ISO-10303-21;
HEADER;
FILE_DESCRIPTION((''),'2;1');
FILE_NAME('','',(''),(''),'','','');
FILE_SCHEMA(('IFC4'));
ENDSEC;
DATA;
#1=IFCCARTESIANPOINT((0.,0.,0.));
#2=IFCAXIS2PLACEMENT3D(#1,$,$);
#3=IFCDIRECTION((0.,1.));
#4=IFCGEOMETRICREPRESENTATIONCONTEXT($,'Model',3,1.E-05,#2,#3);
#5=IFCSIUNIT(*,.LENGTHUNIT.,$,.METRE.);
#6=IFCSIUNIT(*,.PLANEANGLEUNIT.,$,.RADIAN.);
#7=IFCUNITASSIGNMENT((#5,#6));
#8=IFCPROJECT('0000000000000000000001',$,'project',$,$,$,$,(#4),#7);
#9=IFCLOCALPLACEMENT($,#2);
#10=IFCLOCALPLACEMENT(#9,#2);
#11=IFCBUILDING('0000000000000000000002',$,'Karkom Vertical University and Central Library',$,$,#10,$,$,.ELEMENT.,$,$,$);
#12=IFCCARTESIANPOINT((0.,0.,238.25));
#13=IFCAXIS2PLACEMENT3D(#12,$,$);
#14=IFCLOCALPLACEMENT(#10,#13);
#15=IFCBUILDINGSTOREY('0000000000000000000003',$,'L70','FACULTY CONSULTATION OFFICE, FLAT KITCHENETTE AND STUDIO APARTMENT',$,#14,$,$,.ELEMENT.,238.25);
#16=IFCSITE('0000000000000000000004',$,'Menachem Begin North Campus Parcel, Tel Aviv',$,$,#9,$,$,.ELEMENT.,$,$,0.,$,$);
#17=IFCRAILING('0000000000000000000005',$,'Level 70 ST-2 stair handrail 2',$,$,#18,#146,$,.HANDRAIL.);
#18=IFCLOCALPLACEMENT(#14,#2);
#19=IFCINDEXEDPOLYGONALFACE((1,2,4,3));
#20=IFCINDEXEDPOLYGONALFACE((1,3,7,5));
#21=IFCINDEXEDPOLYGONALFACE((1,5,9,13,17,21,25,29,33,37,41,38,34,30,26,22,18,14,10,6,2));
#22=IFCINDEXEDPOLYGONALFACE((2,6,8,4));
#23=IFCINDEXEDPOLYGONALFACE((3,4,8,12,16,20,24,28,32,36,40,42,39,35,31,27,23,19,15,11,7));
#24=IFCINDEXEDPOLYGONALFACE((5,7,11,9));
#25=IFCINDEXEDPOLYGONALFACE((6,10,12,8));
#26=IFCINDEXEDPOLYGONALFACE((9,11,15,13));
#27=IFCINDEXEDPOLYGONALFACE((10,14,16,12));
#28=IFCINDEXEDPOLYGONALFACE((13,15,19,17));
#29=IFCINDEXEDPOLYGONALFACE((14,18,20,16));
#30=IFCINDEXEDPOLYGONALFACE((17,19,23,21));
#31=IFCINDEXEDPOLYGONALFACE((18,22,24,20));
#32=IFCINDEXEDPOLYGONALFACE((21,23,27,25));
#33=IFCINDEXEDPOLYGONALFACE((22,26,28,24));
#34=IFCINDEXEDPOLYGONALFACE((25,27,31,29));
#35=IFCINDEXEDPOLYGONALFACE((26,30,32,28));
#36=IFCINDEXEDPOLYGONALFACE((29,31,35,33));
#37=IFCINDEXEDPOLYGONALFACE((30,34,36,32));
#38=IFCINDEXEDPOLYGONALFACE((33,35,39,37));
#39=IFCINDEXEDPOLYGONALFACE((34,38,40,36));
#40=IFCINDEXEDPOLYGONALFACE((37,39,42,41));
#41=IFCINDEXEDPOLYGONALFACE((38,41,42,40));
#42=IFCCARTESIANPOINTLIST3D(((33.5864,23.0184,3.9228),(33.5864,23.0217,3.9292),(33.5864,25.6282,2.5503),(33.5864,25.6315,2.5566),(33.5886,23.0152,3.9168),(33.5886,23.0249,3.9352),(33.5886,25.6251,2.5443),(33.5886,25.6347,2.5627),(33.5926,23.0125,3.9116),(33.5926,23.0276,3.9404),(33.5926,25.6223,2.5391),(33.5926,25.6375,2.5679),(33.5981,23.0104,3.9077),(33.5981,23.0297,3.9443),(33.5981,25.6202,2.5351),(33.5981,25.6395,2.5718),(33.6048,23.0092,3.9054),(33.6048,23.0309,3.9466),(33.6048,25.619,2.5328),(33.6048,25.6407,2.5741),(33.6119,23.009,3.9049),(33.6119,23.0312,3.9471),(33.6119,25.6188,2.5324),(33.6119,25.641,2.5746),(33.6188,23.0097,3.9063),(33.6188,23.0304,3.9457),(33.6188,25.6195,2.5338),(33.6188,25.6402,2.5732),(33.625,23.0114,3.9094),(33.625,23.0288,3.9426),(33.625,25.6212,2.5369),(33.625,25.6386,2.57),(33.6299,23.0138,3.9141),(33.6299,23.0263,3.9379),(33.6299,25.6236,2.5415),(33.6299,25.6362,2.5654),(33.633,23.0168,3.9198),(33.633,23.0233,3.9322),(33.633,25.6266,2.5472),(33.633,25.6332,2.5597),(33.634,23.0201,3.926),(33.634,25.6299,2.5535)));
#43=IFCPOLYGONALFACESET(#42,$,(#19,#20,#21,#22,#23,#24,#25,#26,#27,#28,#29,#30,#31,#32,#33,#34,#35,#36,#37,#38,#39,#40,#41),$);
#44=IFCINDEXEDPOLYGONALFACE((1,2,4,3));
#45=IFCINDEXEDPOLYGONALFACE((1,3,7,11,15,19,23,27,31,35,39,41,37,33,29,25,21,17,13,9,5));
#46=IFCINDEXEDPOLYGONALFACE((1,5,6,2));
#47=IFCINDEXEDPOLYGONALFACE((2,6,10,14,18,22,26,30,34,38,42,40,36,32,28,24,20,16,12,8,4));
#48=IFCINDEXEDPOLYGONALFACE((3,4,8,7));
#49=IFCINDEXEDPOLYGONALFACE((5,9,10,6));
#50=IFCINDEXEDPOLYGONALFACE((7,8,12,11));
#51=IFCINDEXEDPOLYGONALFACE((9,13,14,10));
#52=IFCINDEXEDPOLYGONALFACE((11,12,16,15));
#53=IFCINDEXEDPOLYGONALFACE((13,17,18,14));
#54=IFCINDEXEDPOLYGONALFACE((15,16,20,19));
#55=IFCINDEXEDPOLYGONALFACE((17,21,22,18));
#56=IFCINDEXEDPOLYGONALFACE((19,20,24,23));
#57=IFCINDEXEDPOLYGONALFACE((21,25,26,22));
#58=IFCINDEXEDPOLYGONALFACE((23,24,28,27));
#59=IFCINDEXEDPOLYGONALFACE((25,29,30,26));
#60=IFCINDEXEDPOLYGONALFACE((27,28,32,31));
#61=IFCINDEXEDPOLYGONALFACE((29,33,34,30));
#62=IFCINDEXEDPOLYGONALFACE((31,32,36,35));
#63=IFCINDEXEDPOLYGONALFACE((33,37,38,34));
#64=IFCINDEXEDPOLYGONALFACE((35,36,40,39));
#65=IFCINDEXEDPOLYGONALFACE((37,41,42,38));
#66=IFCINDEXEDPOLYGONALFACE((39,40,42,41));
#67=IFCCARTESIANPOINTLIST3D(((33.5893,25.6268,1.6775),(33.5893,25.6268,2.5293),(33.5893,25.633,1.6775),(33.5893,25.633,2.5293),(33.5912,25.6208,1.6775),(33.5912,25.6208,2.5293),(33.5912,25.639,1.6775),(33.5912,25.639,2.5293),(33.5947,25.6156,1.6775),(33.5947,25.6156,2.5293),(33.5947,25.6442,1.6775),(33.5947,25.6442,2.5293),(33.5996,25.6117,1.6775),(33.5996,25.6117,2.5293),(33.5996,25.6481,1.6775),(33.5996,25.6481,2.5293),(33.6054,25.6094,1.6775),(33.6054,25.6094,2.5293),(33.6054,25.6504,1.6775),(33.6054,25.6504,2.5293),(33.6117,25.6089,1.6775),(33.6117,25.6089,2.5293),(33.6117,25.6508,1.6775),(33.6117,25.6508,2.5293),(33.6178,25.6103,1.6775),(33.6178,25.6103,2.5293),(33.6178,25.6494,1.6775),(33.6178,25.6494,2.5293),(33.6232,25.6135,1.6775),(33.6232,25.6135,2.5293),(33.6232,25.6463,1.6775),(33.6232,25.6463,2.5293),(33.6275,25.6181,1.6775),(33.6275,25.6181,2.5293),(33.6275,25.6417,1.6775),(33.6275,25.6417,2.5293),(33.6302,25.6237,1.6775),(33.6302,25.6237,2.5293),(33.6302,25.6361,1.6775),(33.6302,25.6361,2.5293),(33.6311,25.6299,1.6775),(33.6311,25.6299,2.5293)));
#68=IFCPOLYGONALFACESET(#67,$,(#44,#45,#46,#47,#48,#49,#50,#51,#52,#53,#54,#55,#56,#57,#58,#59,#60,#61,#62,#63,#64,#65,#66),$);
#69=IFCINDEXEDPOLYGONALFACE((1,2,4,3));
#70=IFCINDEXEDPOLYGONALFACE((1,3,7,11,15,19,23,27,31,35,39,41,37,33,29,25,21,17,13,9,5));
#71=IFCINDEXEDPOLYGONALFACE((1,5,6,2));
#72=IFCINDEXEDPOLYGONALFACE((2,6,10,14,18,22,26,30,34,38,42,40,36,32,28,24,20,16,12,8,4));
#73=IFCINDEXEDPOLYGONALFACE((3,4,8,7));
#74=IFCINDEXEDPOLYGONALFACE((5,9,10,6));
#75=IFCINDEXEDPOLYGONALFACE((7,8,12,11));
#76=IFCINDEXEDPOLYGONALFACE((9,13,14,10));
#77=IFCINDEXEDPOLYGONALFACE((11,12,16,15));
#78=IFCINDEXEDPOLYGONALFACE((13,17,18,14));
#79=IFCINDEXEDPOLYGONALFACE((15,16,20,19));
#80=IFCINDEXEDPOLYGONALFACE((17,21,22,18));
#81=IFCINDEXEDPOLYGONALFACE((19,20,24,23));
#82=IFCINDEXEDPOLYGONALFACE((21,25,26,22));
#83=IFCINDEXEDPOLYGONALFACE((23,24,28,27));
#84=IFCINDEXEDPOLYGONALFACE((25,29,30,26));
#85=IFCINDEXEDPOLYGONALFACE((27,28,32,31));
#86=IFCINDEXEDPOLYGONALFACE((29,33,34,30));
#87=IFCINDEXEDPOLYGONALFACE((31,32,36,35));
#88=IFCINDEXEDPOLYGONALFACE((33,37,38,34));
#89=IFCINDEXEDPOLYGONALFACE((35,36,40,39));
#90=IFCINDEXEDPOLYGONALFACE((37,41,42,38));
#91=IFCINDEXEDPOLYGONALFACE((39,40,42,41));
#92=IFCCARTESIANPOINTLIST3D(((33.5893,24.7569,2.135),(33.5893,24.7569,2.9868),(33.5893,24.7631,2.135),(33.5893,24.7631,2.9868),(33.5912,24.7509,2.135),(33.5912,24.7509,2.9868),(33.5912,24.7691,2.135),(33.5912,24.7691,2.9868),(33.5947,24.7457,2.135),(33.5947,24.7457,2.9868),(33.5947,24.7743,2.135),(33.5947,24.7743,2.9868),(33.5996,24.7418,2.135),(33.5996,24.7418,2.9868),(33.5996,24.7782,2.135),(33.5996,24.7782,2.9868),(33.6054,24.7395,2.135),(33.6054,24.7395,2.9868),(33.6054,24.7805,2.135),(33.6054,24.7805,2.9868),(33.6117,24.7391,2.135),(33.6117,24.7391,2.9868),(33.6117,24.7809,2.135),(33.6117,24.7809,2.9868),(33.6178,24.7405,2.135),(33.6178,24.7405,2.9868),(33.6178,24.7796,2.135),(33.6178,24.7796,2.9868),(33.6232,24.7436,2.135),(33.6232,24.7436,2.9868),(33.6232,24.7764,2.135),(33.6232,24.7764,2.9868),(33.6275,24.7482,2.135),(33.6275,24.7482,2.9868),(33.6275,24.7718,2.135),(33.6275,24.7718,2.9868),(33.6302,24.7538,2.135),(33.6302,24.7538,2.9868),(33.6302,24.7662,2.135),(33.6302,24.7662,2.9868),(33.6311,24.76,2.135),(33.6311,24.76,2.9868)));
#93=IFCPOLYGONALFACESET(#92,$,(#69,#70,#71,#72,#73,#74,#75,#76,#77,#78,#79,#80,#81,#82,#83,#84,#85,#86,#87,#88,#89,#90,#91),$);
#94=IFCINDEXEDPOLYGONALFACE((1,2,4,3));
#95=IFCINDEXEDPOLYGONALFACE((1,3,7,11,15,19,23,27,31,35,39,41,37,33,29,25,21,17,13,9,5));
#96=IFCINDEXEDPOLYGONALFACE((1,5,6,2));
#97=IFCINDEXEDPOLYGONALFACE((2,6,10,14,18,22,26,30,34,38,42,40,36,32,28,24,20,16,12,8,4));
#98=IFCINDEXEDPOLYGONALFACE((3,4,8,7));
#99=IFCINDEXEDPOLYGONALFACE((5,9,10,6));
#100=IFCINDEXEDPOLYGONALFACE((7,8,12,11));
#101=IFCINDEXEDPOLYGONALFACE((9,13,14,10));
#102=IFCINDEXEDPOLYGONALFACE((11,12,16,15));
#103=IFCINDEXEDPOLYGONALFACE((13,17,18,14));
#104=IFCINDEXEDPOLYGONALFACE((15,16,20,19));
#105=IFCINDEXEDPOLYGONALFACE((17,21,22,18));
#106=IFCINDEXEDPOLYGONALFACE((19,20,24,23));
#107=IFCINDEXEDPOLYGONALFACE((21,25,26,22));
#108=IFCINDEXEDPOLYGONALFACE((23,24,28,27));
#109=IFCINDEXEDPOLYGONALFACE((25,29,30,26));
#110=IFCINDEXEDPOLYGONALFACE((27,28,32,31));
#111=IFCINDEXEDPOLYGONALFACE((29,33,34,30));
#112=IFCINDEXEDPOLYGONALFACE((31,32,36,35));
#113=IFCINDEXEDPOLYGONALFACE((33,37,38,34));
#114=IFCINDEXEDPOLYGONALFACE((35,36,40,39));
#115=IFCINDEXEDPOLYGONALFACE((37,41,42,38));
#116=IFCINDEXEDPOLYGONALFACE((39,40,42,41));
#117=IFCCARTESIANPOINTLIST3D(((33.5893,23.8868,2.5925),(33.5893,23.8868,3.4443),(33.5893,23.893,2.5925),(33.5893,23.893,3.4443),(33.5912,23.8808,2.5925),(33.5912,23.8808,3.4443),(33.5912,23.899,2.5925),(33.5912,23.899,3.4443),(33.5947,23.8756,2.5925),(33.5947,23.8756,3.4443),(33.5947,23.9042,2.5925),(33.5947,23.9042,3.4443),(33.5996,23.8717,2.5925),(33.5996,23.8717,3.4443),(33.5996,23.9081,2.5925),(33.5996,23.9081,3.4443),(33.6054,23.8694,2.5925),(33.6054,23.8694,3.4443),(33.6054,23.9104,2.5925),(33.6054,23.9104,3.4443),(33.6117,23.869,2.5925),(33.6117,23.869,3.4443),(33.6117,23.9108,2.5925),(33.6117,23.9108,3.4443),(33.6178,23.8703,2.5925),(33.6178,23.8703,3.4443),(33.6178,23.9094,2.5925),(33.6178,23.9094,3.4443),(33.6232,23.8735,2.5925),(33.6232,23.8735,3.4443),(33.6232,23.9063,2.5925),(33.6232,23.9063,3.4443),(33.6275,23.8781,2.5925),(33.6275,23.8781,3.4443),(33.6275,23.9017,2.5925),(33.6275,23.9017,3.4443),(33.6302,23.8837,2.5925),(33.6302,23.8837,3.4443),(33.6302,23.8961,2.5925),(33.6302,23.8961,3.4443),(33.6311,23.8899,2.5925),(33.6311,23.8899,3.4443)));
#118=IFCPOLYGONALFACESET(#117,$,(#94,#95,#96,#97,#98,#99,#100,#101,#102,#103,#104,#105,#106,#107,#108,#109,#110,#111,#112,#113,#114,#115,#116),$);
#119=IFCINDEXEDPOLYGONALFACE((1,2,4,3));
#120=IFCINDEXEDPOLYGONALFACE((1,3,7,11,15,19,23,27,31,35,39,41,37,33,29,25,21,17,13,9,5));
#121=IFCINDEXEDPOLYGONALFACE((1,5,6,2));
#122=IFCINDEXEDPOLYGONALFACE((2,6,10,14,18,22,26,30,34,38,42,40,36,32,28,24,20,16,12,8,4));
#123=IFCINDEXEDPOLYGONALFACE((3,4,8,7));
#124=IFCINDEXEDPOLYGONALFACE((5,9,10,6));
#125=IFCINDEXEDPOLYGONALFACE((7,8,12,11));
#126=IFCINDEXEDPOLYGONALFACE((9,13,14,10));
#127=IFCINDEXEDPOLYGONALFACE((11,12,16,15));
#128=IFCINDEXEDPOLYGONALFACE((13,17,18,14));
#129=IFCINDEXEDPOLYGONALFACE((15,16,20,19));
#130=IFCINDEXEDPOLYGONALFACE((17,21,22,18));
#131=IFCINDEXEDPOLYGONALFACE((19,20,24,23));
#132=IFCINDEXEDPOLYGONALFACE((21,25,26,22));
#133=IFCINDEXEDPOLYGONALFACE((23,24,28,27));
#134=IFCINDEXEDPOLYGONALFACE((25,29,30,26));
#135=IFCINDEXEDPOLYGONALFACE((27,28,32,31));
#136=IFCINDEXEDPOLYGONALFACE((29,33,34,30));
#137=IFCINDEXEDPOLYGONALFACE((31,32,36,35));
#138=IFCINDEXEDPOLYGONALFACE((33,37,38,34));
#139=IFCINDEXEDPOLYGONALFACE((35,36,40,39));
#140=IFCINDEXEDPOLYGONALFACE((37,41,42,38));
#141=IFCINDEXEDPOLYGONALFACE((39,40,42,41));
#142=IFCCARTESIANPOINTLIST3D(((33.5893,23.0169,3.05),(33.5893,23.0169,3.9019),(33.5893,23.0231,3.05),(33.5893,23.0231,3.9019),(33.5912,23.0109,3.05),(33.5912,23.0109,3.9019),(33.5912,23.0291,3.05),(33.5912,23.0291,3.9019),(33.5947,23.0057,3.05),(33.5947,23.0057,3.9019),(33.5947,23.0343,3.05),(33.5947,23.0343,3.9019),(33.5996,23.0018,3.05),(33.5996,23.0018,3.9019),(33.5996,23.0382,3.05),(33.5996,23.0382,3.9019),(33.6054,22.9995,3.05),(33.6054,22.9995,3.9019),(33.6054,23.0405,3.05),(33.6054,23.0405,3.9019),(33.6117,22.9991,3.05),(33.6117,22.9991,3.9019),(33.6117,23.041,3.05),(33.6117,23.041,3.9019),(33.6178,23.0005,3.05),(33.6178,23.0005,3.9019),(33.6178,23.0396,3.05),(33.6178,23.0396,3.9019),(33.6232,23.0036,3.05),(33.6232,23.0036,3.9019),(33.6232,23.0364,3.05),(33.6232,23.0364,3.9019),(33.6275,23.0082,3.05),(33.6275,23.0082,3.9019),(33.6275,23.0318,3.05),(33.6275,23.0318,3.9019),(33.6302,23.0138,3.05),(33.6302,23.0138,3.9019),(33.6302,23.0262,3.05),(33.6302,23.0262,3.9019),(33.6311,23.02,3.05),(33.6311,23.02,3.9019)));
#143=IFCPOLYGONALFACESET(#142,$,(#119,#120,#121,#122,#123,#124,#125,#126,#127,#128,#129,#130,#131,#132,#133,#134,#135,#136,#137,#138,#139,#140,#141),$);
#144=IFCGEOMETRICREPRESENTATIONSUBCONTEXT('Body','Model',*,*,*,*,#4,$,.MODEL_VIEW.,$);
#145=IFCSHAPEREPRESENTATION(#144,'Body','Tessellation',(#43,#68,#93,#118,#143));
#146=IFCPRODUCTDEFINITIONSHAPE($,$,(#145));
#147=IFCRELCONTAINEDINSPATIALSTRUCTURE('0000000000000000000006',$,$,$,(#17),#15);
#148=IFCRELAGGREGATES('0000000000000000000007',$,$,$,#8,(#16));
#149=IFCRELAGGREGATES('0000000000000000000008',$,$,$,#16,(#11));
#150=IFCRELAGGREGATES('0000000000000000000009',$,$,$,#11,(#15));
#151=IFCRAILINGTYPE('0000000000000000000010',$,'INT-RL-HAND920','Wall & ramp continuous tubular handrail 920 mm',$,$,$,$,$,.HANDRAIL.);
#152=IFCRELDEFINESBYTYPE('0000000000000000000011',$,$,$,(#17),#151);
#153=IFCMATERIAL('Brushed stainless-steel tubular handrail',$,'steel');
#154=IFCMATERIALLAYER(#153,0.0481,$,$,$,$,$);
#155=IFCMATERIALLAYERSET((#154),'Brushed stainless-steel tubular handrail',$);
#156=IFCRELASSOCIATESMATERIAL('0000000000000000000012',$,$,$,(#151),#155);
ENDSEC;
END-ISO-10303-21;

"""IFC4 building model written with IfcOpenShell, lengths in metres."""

from ifc_helpers import new_model, si_unit, direction, frame, origin, origin_2d, place, context, subcontext, project, spatial, circle, extrude, material, layer, layer_set, type_object, element, save


model = new_model("IFC4")

# Units and contexts
model_context = context("Model", 3, precision=1e-05, world=origin(), true_north=direction((0.0, 1.0)))
body_context = subcontext(model_context, "Body", "Model", "MODEL_VIEW")
ifc_project = project(units=[si_unit("LENGTHUNIT", "METRE"), si_unit("PLANEANGLEUNIT", "RADIAN")], contexts=[model_context])

# Site, building, storey
site_placement = place(None, origin())
site = spatial("IfcSite", under=ifc_project, at=site_placement, Name="Menachem Begin North Campus Parcel, Tel Aviv", CompositionType="ELEMENT", RefElevation=0.0)
building_placement = place(site_placement, origin())
building = spatial("IfcBuilding", under=site, at=building_placement, Name="Karkom Vertical University and Central Library", CompositionType="ELEMENT")
storey_placement = place(building_placement, frame((0.0, 0.0, 238.25)))
storey = spatial("IfcBuildingStorey", under=building, at=storey_placement, Name="L70", Description="FACULTY CONSULTATION OFFICE, FLAT KITCHENETTE AND STUDIO APARTMENT", CompositionType="ELEMENT", Elevation=238.25)

# Railing
ifc_material_1 = material(Name="Brushed stainless-steel tubular handrail", Category="steel")
ifc_layer_1 = layer(ifc_material_1, 0.0481)
ifc_layer_set_1 = layer_set([ifc_layer_1], Name="Brushed stainless-steel tubular handrail")
railing_type_1 = type_object("IfcRailingType", Name="INT-RL-HAND920", Description="Wall & ramp continuous tubular handrail 920 mm", PredefinedType="HANDRAIL", material=ifc_layer_set_1)
railing_1_placement = place(storey_placement, frame((33.6101, 25.6299, 1.6775)))
element("IfcRailing", 1, at=railing_1_placement, inside=storey, type_object=railing_type_1, Name="Level 70 ST-2 stair handrail 2", PredefinedType="HANDRAIL", context=body_context, shape_type="SweptSolid", body=[
    extrude(circle(Radius=0.0239, at=origin_2d()), frame((0.0, 0.0, 0.876), z_axis=(0.0, -0.885065, 0.465467), x_axis=(1.0, 0.0, 0.0)), (0.0, 0.0, 1.0), 2.9487),
    extrude(circle(Radius=0.021, at=origin_2d()), origin(), (0.0, 0.0, 1.0), 0.8518),
    extrude(circle(Radius=0.021, at=origin_2d()), frame((0.0, -0.8699, 0.4575)), (0.0, 0.0, 1.0), 0.8518),
    extrude(circle(Radius=0.021, at=origin_2d()), frame((0.0, -1.74, 0.915)), (0.0, 0.0, 1.0), 0.8518),
    extrude(circle(Radius=0.021, at=origin_2d()), frame((0.0, -2.6099, 1.3726)), (0.0, 0.0, 1.0), 0.8518),
])

save(model, "model.ifc")
